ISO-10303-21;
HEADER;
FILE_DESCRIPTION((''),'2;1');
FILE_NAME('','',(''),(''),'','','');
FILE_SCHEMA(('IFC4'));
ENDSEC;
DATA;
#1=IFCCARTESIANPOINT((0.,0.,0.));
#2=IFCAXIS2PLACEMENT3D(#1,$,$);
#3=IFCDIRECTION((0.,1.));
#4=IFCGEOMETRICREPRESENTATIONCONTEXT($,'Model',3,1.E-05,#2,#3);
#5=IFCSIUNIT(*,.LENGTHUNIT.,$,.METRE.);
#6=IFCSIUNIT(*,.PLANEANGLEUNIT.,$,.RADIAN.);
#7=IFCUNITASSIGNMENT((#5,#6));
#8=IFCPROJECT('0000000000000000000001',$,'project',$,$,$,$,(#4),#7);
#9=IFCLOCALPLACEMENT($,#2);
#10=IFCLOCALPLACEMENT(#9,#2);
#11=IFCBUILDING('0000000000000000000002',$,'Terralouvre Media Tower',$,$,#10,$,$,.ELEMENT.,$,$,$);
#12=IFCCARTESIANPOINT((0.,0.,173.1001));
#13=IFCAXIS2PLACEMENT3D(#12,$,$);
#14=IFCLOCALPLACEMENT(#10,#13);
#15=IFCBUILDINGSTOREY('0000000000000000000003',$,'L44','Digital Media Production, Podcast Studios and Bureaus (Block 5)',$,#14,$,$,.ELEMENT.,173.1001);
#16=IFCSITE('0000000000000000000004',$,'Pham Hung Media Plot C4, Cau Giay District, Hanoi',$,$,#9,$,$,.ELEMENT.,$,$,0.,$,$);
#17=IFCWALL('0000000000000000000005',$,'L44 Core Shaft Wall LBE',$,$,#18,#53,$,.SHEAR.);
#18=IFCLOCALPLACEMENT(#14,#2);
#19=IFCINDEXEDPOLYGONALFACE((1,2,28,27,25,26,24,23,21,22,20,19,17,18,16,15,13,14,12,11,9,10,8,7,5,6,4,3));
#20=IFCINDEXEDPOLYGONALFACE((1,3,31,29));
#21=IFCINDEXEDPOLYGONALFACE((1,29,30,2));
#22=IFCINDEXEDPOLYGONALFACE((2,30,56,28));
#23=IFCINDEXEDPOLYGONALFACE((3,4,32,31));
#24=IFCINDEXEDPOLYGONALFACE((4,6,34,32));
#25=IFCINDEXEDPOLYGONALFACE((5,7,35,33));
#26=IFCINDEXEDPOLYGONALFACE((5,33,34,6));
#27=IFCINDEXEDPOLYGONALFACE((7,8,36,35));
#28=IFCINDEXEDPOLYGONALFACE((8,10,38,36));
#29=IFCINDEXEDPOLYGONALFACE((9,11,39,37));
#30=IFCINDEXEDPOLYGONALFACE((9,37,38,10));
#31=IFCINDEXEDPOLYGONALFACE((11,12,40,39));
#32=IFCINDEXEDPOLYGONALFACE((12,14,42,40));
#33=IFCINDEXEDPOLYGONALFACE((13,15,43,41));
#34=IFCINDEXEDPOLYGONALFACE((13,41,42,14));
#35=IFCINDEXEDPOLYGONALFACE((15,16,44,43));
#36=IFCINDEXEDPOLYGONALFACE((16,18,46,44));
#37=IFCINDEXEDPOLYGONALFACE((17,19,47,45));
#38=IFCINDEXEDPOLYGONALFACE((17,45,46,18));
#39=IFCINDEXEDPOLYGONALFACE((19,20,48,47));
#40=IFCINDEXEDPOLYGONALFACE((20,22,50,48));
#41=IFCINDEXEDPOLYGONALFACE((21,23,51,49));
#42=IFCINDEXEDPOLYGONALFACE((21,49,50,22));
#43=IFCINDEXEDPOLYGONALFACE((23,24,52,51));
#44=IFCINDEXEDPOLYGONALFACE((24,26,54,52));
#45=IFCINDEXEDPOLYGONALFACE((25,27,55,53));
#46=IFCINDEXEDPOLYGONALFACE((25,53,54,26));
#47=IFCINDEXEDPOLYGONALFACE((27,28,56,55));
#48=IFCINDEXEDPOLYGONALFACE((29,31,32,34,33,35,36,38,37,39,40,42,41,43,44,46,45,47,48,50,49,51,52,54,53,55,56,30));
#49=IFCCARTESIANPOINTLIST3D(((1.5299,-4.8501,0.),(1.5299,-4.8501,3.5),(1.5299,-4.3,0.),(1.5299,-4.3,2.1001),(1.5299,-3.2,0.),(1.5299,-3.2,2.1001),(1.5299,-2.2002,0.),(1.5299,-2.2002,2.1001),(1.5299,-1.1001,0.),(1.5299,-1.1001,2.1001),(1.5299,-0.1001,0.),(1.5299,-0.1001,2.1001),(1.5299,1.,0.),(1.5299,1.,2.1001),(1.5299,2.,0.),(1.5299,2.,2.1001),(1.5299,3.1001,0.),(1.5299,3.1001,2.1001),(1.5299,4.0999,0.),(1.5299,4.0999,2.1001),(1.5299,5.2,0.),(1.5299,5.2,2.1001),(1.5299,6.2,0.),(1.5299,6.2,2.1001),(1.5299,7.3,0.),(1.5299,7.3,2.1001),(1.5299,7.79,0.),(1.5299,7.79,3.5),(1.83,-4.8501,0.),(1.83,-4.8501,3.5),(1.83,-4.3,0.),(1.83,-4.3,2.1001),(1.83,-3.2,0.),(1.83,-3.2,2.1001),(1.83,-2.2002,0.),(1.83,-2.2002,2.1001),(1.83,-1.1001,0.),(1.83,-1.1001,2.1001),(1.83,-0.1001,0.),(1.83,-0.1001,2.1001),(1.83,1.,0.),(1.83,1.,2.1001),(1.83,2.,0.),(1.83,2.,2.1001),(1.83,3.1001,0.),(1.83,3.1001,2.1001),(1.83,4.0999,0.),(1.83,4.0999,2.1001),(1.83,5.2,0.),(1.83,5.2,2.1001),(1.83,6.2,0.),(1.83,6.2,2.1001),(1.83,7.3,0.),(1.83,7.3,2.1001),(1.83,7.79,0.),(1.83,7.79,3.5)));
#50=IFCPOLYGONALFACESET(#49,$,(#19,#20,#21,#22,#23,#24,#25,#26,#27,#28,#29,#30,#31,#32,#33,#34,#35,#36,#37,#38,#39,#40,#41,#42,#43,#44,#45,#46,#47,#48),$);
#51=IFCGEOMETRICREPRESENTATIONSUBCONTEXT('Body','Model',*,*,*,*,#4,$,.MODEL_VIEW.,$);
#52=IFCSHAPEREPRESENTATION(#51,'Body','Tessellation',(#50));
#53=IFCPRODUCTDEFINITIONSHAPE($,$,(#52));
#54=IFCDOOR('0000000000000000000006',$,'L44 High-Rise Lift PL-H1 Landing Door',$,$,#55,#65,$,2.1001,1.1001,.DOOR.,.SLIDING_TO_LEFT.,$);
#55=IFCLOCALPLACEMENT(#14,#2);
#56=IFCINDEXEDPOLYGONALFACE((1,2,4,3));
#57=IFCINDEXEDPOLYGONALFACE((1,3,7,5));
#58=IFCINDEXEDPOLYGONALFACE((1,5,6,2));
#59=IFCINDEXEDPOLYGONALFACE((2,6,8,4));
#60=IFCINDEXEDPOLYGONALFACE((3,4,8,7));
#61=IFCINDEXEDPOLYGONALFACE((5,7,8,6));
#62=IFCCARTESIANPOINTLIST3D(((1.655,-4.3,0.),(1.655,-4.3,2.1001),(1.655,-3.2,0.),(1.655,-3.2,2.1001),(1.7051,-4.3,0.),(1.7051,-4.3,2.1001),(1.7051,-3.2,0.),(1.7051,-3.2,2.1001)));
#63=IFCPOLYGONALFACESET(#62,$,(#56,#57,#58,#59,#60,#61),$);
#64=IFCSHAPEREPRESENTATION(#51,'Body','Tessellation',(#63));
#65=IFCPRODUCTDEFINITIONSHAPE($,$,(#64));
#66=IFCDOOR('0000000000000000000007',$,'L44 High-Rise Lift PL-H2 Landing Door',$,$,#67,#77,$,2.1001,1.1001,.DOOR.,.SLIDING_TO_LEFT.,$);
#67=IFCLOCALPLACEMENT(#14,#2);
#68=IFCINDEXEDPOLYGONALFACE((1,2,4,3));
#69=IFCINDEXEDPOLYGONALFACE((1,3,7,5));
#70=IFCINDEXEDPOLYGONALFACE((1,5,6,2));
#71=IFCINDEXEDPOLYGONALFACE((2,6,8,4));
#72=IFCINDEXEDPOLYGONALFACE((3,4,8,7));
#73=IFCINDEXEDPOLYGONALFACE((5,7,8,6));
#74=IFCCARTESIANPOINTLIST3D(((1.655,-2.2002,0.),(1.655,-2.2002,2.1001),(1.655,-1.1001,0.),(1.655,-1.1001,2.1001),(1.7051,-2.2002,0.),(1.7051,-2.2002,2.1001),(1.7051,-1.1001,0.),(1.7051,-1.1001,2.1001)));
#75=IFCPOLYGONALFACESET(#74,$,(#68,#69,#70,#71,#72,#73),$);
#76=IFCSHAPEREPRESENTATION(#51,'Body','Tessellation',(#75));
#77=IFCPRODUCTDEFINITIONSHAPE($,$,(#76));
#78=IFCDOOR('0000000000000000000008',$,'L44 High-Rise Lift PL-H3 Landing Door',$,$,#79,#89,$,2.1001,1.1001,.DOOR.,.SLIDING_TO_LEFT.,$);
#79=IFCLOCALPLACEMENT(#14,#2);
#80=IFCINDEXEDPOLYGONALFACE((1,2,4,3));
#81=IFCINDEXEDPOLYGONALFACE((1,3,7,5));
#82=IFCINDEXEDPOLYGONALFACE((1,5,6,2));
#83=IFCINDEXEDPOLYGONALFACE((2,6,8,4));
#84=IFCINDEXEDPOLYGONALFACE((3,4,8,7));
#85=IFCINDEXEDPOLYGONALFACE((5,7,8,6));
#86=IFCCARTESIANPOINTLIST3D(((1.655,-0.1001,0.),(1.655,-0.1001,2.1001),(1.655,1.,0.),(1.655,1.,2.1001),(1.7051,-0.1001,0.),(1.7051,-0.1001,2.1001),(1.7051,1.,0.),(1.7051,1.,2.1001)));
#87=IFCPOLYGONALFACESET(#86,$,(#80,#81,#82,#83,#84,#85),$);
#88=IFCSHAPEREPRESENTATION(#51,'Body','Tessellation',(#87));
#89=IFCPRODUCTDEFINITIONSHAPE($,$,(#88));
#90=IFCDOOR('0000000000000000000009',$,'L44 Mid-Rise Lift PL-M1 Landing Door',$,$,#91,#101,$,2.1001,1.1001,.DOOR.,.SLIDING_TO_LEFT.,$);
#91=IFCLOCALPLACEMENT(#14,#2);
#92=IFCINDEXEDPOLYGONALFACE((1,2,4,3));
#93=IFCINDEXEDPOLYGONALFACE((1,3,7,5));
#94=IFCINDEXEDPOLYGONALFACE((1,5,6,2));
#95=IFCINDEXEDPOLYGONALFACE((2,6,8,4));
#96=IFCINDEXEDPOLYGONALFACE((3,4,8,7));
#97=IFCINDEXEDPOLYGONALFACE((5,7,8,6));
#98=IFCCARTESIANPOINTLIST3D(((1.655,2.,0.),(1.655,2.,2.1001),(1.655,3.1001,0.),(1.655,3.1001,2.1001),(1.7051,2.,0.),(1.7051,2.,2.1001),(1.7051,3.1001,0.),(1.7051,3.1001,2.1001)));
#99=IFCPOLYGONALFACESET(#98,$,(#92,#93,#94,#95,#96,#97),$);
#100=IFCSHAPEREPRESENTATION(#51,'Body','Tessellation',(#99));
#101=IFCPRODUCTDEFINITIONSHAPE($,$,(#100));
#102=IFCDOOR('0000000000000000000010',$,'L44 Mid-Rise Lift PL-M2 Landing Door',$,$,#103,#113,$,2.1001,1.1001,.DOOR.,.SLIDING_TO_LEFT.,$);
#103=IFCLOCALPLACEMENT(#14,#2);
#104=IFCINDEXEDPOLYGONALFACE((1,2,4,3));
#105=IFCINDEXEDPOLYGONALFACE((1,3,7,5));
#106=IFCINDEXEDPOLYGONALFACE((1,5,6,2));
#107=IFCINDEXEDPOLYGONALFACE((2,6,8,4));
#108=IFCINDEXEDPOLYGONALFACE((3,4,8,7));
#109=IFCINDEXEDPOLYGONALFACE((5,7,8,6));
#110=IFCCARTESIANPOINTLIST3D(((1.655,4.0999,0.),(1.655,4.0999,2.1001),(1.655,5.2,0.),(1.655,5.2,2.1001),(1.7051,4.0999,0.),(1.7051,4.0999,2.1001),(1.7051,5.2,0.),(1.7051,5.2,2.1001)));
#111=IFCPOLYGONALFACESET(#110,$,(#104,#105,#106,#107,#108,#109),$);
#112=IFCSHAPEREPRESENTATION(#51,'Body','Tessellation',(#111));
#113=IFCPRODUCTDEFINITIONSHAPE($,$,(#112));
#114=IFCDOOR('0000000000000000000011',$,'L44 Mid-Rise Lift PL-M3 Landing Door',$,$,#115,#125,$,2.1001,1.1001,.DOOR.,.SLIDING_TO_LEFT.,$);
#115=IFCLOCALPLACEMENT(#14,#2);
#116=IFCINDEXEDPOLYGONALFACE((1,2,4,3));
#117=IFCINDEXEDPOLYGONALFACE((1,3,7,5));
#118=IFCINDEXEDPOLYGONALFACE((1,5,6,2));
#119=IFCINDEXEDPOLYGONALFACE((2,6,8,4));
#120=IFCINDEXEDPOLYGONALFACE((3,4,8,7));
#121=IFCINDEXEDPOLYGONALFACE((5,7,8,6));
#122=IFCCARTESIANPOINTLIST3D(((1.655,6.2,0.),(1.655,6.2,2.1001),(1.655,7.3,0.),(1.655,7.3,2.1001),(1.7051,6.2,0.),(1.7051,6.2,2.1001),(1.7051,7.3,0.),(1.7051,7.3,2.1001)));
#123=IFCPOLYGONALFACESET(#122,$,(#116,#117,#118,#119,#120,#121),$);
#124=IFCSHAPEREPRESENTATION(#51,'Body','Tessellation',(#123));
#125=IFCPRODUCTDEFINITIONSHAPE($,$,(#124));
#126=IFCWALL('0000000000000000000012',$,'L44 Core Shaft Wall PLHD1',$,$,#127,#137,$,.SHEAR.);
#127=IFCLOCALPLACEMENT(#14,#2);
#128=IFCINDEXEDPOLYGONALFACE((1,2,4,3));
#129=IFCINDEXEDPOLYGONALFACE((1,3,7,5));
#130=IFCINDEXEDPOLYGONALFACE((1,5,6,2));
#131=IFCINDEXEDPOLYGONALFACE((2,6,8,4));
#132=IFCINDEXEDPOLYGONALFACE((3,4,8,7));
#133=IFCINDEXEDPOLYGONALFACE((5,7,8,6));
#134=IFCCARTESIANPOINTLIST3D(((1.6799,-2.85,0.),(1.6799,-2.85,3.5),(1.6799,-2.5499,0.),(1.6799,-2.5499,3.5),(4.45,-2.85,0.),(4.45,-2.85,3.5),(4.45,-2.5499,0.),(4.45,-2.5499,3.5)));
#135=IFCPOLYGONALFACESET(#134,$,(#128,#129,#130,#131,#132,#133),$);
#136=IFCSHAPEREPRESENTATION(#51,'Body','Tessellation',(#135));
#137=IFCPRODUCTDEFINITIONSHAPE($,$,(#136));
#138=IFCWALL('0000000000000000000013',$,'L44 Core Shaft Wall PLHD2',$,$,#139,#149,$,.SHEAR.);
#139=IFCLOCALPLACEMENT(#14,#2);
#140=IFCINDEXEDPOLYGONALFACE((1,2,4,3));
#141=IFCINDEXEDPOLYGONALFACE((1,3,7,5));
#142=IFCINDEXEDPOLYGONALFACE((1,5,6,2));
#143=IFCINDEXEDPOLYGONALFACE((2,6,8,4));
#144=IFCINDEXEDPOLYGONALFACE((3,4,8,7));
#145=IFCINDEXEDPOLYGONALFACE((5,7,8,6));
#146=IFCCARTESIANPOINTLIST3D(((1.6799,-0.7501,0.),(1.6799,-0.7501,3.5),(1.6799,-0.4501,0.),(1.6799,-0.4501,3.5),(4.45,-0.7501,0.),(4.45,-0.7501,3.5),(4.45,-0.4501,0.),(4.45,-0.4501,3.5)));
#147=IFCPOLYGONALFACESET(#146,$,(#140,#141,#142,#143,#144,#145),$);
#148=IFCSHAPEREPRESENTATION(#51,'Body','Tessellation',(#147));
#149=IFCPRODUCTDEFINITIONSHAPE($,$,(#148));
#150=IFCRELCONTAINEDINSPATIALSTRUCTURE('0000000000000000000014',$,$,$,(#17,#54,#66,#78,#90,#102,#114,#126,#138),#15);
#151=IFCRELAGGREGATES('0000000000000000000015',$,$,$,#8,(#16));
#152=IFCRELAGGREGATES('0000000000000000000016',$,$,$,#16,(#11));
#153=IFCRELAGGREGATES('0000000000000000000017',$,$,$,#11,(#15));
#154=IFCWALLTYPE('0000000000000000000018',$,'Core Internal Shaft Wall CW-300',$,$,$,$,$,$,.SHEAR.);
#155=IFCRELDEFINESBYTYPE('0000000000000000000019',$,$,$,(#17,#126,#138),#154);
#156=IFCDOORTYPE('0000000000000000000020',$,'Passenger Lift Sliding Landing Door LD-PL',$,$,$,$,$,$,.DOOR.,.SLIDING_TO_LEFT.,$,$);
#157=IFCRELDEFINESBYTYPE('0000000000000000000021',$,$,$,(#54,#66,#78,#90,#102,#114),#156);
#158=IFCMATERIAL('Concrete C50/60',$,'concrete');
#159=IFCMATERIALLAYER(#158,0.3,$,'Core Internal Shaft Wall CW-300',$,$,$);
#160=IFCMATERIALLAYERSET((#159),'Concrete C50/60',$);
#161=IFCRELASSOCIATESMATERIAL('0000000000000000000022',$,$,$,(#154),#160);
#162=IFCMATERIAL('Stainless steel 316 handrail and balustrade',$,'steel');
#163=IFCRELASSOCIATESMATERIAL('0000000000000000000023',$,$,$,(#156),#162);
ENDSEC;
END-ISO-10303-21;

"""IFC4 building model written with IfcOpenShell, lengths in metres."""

from ifc_helpers import new_model, si_unit, direction, frame, frame_2d, origin, place, context, subcontext, project, spatial, rectangle, extrude, material, layer, layer_set, type_object, element, fill, save


model = new_model("IFC4")

# Units and contexts
model_context = context("Model", 3, precision=1e-05, world=origin(), true_north=direction((0.0, 1.0)))
body_context = subcontext(model_context, "Body", "Model", "MODEL_VIEW")
ifc_project = project(units=[si_unit("LENGTHUNIT", "METRE"), si_unit("PLANEANGLEUNIT", "RADIAN")], contexts=[model_context])

# Site, building, storey
site_placement = place(None, origin())
site = spatial("IfcSite", under=ifc_project, at=site_placement, Name="Pham Hung Media Plot C4, Cau Giay District, Hanoi", CompositionType="ELEMENT", RefElevation=0.0)
building_placement = place(site_placement, origin())
building = spatial("IfcBuilding", under=site, at=building_placement, Name="Terralouvre Media Tower", CompositionType="ELEMENT")
storey_placement = place(building_placement, frame((0.0, 0.0, 173.1001)))
storey = spatial("IfcBuildingStorey", under=building, at=storey_placement, Name="L44", Description="Digital Media Production, Podcast Studios and Bureaus (Block 5)", CompositionType="ELEMENT", Elevation=173.1001)

# Shared definitions
ifc_material_1 = material(Name="Concrete C50/60", Category="concrete")
ifc_layer_1 = layer(ifc_material_1, 0.3, Name="Core Internal Shaft Wall CW-300")
ifc_layer_set_1 = layer_set([ifc_layer_1], Name="Concrete C50/60")
wall_type_1 = type_object("IfcWallType", Name="Core Internal Shaft Wall CW-300", PredefinedType="SHEAR", material=ifc_layer_set_1)

# Wall, openings, doors
wall_1_placement = place(storey_placement, frame((1.6799, -4.8501, 0.0), z_axis=(0.0, 0.0, 1.0), x_axis=(0.0, 1.0, 0.0)))
wall_1 = element("IfcWall", 1, at=wall_1_placement, inside=storey, type_object=wall_type_1, Name="L44 Core Shaft Wall LBE", PredefinedType="SHEAR", context=body_context, shape_type="SweptSolid", body=[
    extrude(rectangle(XDim=12.6401, YDim=0.3, at=frame_2d((6.3201, 0.0))), origin(), (0.0, 0.0, 1.0), 3.5),
])
opening_1_placement = place(wall_1_placement, frame((0.55, 0.0, 0.0)))
opening_1 = element("IfcOpeningElement", 2, at=opening_1_placement, cuts=wall_1, PredefinedType="OPENING", context=body_context, shape_type="SweptSolid", body=[
    extrude(rectangle(XDim=1.1001, YDim=2.1001, at=frame_2d((0.55, 1.05))), frame((0.0, 0.1599, 0.0), z_axis=(0.0, -1.0, 0.0), x_axis=(1.0, 0.0, 0.0)), (0.0, 0.0, 1.0), 0.3201),
])
opening_2_placement = place(wall_1_placement, frame((2.6499, 0.0, 0.0)))
opening_2 = element("IfcOpeningElement", 3, at=opening_2_placement, cuts=wall_1, PredefinedType="OPENING", context=body_context, shape_type="SweptSolid", body=[
    extrude(rectangle(XDim=1.1001, YDim=2.1001, at=frame_2d((0.55, 1.05))), frame((0.0, 0.1599, 0.0), z_axis=(0.0, -1.0, 0.0), x_axis=(1.0, 0.0, 0.0)), (0.0, 0.0, 1.0), 0.3201),
])
opening_3_placement = place(wall_1_placement, frame((4.75, 0.0, 0.0)))
opening_3 = element("IfcOpeningElement", 4, at=opening_3_placement, cuts=wall_1, PredefinedType="OPENING", context=body_context, shape_type="SweptSolid", body=[
    extrude(rectangle(XDim=1.1001, YDim=2.1001, at=frame_2d((0.55, 1.05))), frame((0.0, 0.1599, 0.0), z_axis=(0.0, -1.0, 0.0), x_axis=(1.0, 0.0, 0.0)), (0.0, 0.0, 1.0), 0.3201),
])
opening_4_placement = place(wall_1_placement, frame((6.8501, 0.0, 0.0)))
opening_4 = element("IfcOpeningElement", 5, at=opening_4_placement, cuts=wall_1, PredefinedType="OPENING", context=body_context, shape_type="SweptSolid", body=[
    extrude(rectangle(XDim=1.1001, YDim=2.1001, at=frame_2d((0.55, 1.05))), frame((0.0, 0.1599, 0.0), z_axis=(0.0, -1.0, 0.0), x_axis=(1.0, 0.0, 0.0)), (0.0, 0.0, 1.0), 0.3201),
])
opening_5_placement = place(wall_1_placement, frame((8.95, 0.0, 0.0)))
opening_5 = element("IfcOpeningElement", 6, at=opening_5_placement, cuts=wall_1, PredefinedType="OPENING", context=body_context, shape_type="SweptSolid", body=[
    extrude(rectangle(XDim=1.1001, YDim=2.1001, at=frame_2d((0.55, 1.05))), frame((0.0, 0.1599, 0.0), z_axis=(0.0, -1.0, 0.0), x_axis=(1.0, 0.0, 0.0)), (0.0, 0.0, 1.0), 0.3201),
])
opening_6_placement = place(wall_1_placement, frame((11.05, 0.0, 0.0)))
opening_6 = element("IfcOpeningElement", 7, at=opening_6_placement, cuts=wall_1, PredefinedType="OPENING", context=body_context, shape_type="SweptSolid", body=[
    extrude(rectangle(XDim=1.1001, YDim=2.1001, at=frame_2d((0.55, 1.05))), frame((0.0, 0.1599, 0.0), z_axis=(0.0, -1.0, 0.0), x_axis=(1.0, 0.0, 0.0)), (0.0, 0.0, 1.0), 0.3201),
])
ifc_material_2 = material(Name="Stainless steel 316 handrail and balustrade", Category="steel")
door_type_1 = type_object("IfcDoorType", Name="Passenger Lift Sliding Landing Door LD-PL", OperationType="SLIDING_TO_LEFT", PredefinedType="DOOR", material=ifc_material_2)
door_1_placement = place(opening_1_placement, origin())
door_1 = element("IfcDoor", 8, at=door_1_placement, inside=storey, type_object=door_type_1, Name="L44 High-Rise Lift PL-H1 Landing Door", OperationType="SLIDING_TO_LEFT", OverallHeight=2.1001, OverallWidth=1.1001, PredefinedType="DOOR", context=body_context, shape_type="SweptSolid", body=[
    extrude(rectangle(XDim=1.1001, YDim=2.1001, at=frame_2d((0.55, 1.05))), frame((0.0, 0.0249, 0.0), z_axis=(0.0, -1.0, 0.0), x_axis=(1.0, 0.0, 0.0)), (0.0, 0.0, 1.0), 0.05),
])
fill(opening_1, door_1)
door_2_placement = place(opening_2_placement, origin())
door_2 = element("IfcDoor", 9, at=door_2_placement, inside=storey, type_object=door_type_1, Name="L44 High-Rise Lift PL-H2 Landing Door", OperationType="SLIDING_TO_LEFT", OverallHeight=2.1001, OverallWidth=1.1001, PredefinedType="DOOR", context=body_context, shape_type="SweptSolid", body=[
    extrude(rectangle(XDim=1.1001, YDim=2.1001, at=frame_2d((0.55, 1.05))), frame((0.0, 0.0249, 0.0), z_axis=(0.0, -1.0, 0.0), x_axis=(1.0, 0.0, 0.0)), (0.0, 0.0, 1.0), 0.05),
])
fill(opening_2, door_2)
door_3_placement = place(opening_3_placement, origin())
door_3 = element("IfcDoor", 10, at=door_3_placement, inside=storey, type_object=door_type_1, Name="L44 High-Rise Lift PL-H3 Landing Door", OperationType="SLIDING_TO_LEFT", OverallHeight=2.1001, OverallWidth=1.1001, PredefinedType="DOOR", context=body_context, shape_type="SweptSolid", body=[
    extrude(rectangle(XDim=1.1001, YDim=2.1001, at=frame_2d((0.55, 1.05))), frame((0.0, 0.0249, 0.0), z_axis=(0.0, -1.0, 0.0), x_axis=(1.0, 0.0, 0.0)), (0.0, 0.0, 1.0), 0.05),
])
fill(opening_3, door_3)
door_4_placement = place(opening_4_placement, origin())
door_4 = element("IfcDoor", 11, at=door_4_placement, inside=storey, type_object=door_type_1, Name="L44 Mid-Rise Lift PL-M1 Landing Door", OperationType="SLIDING_TO_LEFT", OverallHeight=2.1001, OverallWidth=1.1001, PredefinedType="DOOR", context=body_context, shape_type="SweptSolid", body=[
    extrude(rectangle(XDim=1.1001, YDim=2.1001, at=frame_2d((0.55, 1.05))), frame((0.0, 0.0249, 0.0), z_axis=(0.0, -1.0, 0.0), x_axis=(1.0, 0.0, 0.0)), (0.0, 0.0, 1.0), 0.05),
])
fill(opening_4, door_4)
door_5_placement = place(opening_5_placement, origin())
door_5 = element("IfcDoor", 12, at=door_5_placement, inside=storey, type_object=door_type_1, Name="L44 Mid-Rise Lift PL-M2 Landing Door", OperationType="SLIDING_TO_LEFT", OverallHeight=2.1001, OverallWidth=1.1001, PredefinedType="DOOR", context=body_context, shape_type="SweptSolid", body=[
    extrude(rectangle(XDim=1.1001, YDim=2.1001, at=frame_2d((0.55, 1.05))), frame((0.0, 0.0249, 0.0), z_axis=(0.0, -1.0, 0.0), x_axis=(1.0, 0.0, 0.0)), (0.0, 0.0, 1.0), 0.05),
])
fill(opening_5, door_5)
door_6_placement = place(opening_6_placement, origin())
door_6 = element("IfcDoor", 13, at=door_6_placement, inside=storey, type_object=door_type_1, Name="L44 Mid-Rise Lift PL-M3 Landing Door", OperationType="SLIDING_TO_LEFT", OverallHeight=2.1001, OverallWidth=1.1001, PredefinedType="DOOR", context=body_context, shape_type="SweptSolid", body=[
    extrude(rectangle(XDim=1.1001, YDim=2.1001, at=frame_2d((0.55, 1.05))), frame((0.0, 0.0249, 0.0), z_axis=(0.0, -1.0, 0.0), x_axis=(1.0, 0.0, 0.0)), (0.0, 0.0, 1.0), 0.05),
])
fill(opening_6, door_6)

# Walls
for number, where, z_axis, x_axis, name in (
    (14, (1.6799, -2.7, 0.0), (0.0, 0.0, 1.0), (1.0, 0.0, 0.0), "L44 Core Shaft Wall PLHD1"),
    (15, (1.6799, -0.6001, 0.0), (0.0, 0.0, 1.0), (1.0, 0.0, 0.0), "L44 Core Shaft Wall PLHD2"),
):
    element("IfcWall", number, at=place(storey_placement, frame(where, z_axis=z_axis, x_axis=x_axis)), inside=storey, type_object=wall_type_1, Name=name, PredefinedType="SHEAR", context=body_context, shape_type="SweptSolid", body=[
        extrude(rectangle(XDim=2.77, YDim=0.3, at=frame_2d((1.385, 0.0))), origin(), (0.0, 0.0, 1.0), 3.5),
    ])

save(model, "model.ifc")
